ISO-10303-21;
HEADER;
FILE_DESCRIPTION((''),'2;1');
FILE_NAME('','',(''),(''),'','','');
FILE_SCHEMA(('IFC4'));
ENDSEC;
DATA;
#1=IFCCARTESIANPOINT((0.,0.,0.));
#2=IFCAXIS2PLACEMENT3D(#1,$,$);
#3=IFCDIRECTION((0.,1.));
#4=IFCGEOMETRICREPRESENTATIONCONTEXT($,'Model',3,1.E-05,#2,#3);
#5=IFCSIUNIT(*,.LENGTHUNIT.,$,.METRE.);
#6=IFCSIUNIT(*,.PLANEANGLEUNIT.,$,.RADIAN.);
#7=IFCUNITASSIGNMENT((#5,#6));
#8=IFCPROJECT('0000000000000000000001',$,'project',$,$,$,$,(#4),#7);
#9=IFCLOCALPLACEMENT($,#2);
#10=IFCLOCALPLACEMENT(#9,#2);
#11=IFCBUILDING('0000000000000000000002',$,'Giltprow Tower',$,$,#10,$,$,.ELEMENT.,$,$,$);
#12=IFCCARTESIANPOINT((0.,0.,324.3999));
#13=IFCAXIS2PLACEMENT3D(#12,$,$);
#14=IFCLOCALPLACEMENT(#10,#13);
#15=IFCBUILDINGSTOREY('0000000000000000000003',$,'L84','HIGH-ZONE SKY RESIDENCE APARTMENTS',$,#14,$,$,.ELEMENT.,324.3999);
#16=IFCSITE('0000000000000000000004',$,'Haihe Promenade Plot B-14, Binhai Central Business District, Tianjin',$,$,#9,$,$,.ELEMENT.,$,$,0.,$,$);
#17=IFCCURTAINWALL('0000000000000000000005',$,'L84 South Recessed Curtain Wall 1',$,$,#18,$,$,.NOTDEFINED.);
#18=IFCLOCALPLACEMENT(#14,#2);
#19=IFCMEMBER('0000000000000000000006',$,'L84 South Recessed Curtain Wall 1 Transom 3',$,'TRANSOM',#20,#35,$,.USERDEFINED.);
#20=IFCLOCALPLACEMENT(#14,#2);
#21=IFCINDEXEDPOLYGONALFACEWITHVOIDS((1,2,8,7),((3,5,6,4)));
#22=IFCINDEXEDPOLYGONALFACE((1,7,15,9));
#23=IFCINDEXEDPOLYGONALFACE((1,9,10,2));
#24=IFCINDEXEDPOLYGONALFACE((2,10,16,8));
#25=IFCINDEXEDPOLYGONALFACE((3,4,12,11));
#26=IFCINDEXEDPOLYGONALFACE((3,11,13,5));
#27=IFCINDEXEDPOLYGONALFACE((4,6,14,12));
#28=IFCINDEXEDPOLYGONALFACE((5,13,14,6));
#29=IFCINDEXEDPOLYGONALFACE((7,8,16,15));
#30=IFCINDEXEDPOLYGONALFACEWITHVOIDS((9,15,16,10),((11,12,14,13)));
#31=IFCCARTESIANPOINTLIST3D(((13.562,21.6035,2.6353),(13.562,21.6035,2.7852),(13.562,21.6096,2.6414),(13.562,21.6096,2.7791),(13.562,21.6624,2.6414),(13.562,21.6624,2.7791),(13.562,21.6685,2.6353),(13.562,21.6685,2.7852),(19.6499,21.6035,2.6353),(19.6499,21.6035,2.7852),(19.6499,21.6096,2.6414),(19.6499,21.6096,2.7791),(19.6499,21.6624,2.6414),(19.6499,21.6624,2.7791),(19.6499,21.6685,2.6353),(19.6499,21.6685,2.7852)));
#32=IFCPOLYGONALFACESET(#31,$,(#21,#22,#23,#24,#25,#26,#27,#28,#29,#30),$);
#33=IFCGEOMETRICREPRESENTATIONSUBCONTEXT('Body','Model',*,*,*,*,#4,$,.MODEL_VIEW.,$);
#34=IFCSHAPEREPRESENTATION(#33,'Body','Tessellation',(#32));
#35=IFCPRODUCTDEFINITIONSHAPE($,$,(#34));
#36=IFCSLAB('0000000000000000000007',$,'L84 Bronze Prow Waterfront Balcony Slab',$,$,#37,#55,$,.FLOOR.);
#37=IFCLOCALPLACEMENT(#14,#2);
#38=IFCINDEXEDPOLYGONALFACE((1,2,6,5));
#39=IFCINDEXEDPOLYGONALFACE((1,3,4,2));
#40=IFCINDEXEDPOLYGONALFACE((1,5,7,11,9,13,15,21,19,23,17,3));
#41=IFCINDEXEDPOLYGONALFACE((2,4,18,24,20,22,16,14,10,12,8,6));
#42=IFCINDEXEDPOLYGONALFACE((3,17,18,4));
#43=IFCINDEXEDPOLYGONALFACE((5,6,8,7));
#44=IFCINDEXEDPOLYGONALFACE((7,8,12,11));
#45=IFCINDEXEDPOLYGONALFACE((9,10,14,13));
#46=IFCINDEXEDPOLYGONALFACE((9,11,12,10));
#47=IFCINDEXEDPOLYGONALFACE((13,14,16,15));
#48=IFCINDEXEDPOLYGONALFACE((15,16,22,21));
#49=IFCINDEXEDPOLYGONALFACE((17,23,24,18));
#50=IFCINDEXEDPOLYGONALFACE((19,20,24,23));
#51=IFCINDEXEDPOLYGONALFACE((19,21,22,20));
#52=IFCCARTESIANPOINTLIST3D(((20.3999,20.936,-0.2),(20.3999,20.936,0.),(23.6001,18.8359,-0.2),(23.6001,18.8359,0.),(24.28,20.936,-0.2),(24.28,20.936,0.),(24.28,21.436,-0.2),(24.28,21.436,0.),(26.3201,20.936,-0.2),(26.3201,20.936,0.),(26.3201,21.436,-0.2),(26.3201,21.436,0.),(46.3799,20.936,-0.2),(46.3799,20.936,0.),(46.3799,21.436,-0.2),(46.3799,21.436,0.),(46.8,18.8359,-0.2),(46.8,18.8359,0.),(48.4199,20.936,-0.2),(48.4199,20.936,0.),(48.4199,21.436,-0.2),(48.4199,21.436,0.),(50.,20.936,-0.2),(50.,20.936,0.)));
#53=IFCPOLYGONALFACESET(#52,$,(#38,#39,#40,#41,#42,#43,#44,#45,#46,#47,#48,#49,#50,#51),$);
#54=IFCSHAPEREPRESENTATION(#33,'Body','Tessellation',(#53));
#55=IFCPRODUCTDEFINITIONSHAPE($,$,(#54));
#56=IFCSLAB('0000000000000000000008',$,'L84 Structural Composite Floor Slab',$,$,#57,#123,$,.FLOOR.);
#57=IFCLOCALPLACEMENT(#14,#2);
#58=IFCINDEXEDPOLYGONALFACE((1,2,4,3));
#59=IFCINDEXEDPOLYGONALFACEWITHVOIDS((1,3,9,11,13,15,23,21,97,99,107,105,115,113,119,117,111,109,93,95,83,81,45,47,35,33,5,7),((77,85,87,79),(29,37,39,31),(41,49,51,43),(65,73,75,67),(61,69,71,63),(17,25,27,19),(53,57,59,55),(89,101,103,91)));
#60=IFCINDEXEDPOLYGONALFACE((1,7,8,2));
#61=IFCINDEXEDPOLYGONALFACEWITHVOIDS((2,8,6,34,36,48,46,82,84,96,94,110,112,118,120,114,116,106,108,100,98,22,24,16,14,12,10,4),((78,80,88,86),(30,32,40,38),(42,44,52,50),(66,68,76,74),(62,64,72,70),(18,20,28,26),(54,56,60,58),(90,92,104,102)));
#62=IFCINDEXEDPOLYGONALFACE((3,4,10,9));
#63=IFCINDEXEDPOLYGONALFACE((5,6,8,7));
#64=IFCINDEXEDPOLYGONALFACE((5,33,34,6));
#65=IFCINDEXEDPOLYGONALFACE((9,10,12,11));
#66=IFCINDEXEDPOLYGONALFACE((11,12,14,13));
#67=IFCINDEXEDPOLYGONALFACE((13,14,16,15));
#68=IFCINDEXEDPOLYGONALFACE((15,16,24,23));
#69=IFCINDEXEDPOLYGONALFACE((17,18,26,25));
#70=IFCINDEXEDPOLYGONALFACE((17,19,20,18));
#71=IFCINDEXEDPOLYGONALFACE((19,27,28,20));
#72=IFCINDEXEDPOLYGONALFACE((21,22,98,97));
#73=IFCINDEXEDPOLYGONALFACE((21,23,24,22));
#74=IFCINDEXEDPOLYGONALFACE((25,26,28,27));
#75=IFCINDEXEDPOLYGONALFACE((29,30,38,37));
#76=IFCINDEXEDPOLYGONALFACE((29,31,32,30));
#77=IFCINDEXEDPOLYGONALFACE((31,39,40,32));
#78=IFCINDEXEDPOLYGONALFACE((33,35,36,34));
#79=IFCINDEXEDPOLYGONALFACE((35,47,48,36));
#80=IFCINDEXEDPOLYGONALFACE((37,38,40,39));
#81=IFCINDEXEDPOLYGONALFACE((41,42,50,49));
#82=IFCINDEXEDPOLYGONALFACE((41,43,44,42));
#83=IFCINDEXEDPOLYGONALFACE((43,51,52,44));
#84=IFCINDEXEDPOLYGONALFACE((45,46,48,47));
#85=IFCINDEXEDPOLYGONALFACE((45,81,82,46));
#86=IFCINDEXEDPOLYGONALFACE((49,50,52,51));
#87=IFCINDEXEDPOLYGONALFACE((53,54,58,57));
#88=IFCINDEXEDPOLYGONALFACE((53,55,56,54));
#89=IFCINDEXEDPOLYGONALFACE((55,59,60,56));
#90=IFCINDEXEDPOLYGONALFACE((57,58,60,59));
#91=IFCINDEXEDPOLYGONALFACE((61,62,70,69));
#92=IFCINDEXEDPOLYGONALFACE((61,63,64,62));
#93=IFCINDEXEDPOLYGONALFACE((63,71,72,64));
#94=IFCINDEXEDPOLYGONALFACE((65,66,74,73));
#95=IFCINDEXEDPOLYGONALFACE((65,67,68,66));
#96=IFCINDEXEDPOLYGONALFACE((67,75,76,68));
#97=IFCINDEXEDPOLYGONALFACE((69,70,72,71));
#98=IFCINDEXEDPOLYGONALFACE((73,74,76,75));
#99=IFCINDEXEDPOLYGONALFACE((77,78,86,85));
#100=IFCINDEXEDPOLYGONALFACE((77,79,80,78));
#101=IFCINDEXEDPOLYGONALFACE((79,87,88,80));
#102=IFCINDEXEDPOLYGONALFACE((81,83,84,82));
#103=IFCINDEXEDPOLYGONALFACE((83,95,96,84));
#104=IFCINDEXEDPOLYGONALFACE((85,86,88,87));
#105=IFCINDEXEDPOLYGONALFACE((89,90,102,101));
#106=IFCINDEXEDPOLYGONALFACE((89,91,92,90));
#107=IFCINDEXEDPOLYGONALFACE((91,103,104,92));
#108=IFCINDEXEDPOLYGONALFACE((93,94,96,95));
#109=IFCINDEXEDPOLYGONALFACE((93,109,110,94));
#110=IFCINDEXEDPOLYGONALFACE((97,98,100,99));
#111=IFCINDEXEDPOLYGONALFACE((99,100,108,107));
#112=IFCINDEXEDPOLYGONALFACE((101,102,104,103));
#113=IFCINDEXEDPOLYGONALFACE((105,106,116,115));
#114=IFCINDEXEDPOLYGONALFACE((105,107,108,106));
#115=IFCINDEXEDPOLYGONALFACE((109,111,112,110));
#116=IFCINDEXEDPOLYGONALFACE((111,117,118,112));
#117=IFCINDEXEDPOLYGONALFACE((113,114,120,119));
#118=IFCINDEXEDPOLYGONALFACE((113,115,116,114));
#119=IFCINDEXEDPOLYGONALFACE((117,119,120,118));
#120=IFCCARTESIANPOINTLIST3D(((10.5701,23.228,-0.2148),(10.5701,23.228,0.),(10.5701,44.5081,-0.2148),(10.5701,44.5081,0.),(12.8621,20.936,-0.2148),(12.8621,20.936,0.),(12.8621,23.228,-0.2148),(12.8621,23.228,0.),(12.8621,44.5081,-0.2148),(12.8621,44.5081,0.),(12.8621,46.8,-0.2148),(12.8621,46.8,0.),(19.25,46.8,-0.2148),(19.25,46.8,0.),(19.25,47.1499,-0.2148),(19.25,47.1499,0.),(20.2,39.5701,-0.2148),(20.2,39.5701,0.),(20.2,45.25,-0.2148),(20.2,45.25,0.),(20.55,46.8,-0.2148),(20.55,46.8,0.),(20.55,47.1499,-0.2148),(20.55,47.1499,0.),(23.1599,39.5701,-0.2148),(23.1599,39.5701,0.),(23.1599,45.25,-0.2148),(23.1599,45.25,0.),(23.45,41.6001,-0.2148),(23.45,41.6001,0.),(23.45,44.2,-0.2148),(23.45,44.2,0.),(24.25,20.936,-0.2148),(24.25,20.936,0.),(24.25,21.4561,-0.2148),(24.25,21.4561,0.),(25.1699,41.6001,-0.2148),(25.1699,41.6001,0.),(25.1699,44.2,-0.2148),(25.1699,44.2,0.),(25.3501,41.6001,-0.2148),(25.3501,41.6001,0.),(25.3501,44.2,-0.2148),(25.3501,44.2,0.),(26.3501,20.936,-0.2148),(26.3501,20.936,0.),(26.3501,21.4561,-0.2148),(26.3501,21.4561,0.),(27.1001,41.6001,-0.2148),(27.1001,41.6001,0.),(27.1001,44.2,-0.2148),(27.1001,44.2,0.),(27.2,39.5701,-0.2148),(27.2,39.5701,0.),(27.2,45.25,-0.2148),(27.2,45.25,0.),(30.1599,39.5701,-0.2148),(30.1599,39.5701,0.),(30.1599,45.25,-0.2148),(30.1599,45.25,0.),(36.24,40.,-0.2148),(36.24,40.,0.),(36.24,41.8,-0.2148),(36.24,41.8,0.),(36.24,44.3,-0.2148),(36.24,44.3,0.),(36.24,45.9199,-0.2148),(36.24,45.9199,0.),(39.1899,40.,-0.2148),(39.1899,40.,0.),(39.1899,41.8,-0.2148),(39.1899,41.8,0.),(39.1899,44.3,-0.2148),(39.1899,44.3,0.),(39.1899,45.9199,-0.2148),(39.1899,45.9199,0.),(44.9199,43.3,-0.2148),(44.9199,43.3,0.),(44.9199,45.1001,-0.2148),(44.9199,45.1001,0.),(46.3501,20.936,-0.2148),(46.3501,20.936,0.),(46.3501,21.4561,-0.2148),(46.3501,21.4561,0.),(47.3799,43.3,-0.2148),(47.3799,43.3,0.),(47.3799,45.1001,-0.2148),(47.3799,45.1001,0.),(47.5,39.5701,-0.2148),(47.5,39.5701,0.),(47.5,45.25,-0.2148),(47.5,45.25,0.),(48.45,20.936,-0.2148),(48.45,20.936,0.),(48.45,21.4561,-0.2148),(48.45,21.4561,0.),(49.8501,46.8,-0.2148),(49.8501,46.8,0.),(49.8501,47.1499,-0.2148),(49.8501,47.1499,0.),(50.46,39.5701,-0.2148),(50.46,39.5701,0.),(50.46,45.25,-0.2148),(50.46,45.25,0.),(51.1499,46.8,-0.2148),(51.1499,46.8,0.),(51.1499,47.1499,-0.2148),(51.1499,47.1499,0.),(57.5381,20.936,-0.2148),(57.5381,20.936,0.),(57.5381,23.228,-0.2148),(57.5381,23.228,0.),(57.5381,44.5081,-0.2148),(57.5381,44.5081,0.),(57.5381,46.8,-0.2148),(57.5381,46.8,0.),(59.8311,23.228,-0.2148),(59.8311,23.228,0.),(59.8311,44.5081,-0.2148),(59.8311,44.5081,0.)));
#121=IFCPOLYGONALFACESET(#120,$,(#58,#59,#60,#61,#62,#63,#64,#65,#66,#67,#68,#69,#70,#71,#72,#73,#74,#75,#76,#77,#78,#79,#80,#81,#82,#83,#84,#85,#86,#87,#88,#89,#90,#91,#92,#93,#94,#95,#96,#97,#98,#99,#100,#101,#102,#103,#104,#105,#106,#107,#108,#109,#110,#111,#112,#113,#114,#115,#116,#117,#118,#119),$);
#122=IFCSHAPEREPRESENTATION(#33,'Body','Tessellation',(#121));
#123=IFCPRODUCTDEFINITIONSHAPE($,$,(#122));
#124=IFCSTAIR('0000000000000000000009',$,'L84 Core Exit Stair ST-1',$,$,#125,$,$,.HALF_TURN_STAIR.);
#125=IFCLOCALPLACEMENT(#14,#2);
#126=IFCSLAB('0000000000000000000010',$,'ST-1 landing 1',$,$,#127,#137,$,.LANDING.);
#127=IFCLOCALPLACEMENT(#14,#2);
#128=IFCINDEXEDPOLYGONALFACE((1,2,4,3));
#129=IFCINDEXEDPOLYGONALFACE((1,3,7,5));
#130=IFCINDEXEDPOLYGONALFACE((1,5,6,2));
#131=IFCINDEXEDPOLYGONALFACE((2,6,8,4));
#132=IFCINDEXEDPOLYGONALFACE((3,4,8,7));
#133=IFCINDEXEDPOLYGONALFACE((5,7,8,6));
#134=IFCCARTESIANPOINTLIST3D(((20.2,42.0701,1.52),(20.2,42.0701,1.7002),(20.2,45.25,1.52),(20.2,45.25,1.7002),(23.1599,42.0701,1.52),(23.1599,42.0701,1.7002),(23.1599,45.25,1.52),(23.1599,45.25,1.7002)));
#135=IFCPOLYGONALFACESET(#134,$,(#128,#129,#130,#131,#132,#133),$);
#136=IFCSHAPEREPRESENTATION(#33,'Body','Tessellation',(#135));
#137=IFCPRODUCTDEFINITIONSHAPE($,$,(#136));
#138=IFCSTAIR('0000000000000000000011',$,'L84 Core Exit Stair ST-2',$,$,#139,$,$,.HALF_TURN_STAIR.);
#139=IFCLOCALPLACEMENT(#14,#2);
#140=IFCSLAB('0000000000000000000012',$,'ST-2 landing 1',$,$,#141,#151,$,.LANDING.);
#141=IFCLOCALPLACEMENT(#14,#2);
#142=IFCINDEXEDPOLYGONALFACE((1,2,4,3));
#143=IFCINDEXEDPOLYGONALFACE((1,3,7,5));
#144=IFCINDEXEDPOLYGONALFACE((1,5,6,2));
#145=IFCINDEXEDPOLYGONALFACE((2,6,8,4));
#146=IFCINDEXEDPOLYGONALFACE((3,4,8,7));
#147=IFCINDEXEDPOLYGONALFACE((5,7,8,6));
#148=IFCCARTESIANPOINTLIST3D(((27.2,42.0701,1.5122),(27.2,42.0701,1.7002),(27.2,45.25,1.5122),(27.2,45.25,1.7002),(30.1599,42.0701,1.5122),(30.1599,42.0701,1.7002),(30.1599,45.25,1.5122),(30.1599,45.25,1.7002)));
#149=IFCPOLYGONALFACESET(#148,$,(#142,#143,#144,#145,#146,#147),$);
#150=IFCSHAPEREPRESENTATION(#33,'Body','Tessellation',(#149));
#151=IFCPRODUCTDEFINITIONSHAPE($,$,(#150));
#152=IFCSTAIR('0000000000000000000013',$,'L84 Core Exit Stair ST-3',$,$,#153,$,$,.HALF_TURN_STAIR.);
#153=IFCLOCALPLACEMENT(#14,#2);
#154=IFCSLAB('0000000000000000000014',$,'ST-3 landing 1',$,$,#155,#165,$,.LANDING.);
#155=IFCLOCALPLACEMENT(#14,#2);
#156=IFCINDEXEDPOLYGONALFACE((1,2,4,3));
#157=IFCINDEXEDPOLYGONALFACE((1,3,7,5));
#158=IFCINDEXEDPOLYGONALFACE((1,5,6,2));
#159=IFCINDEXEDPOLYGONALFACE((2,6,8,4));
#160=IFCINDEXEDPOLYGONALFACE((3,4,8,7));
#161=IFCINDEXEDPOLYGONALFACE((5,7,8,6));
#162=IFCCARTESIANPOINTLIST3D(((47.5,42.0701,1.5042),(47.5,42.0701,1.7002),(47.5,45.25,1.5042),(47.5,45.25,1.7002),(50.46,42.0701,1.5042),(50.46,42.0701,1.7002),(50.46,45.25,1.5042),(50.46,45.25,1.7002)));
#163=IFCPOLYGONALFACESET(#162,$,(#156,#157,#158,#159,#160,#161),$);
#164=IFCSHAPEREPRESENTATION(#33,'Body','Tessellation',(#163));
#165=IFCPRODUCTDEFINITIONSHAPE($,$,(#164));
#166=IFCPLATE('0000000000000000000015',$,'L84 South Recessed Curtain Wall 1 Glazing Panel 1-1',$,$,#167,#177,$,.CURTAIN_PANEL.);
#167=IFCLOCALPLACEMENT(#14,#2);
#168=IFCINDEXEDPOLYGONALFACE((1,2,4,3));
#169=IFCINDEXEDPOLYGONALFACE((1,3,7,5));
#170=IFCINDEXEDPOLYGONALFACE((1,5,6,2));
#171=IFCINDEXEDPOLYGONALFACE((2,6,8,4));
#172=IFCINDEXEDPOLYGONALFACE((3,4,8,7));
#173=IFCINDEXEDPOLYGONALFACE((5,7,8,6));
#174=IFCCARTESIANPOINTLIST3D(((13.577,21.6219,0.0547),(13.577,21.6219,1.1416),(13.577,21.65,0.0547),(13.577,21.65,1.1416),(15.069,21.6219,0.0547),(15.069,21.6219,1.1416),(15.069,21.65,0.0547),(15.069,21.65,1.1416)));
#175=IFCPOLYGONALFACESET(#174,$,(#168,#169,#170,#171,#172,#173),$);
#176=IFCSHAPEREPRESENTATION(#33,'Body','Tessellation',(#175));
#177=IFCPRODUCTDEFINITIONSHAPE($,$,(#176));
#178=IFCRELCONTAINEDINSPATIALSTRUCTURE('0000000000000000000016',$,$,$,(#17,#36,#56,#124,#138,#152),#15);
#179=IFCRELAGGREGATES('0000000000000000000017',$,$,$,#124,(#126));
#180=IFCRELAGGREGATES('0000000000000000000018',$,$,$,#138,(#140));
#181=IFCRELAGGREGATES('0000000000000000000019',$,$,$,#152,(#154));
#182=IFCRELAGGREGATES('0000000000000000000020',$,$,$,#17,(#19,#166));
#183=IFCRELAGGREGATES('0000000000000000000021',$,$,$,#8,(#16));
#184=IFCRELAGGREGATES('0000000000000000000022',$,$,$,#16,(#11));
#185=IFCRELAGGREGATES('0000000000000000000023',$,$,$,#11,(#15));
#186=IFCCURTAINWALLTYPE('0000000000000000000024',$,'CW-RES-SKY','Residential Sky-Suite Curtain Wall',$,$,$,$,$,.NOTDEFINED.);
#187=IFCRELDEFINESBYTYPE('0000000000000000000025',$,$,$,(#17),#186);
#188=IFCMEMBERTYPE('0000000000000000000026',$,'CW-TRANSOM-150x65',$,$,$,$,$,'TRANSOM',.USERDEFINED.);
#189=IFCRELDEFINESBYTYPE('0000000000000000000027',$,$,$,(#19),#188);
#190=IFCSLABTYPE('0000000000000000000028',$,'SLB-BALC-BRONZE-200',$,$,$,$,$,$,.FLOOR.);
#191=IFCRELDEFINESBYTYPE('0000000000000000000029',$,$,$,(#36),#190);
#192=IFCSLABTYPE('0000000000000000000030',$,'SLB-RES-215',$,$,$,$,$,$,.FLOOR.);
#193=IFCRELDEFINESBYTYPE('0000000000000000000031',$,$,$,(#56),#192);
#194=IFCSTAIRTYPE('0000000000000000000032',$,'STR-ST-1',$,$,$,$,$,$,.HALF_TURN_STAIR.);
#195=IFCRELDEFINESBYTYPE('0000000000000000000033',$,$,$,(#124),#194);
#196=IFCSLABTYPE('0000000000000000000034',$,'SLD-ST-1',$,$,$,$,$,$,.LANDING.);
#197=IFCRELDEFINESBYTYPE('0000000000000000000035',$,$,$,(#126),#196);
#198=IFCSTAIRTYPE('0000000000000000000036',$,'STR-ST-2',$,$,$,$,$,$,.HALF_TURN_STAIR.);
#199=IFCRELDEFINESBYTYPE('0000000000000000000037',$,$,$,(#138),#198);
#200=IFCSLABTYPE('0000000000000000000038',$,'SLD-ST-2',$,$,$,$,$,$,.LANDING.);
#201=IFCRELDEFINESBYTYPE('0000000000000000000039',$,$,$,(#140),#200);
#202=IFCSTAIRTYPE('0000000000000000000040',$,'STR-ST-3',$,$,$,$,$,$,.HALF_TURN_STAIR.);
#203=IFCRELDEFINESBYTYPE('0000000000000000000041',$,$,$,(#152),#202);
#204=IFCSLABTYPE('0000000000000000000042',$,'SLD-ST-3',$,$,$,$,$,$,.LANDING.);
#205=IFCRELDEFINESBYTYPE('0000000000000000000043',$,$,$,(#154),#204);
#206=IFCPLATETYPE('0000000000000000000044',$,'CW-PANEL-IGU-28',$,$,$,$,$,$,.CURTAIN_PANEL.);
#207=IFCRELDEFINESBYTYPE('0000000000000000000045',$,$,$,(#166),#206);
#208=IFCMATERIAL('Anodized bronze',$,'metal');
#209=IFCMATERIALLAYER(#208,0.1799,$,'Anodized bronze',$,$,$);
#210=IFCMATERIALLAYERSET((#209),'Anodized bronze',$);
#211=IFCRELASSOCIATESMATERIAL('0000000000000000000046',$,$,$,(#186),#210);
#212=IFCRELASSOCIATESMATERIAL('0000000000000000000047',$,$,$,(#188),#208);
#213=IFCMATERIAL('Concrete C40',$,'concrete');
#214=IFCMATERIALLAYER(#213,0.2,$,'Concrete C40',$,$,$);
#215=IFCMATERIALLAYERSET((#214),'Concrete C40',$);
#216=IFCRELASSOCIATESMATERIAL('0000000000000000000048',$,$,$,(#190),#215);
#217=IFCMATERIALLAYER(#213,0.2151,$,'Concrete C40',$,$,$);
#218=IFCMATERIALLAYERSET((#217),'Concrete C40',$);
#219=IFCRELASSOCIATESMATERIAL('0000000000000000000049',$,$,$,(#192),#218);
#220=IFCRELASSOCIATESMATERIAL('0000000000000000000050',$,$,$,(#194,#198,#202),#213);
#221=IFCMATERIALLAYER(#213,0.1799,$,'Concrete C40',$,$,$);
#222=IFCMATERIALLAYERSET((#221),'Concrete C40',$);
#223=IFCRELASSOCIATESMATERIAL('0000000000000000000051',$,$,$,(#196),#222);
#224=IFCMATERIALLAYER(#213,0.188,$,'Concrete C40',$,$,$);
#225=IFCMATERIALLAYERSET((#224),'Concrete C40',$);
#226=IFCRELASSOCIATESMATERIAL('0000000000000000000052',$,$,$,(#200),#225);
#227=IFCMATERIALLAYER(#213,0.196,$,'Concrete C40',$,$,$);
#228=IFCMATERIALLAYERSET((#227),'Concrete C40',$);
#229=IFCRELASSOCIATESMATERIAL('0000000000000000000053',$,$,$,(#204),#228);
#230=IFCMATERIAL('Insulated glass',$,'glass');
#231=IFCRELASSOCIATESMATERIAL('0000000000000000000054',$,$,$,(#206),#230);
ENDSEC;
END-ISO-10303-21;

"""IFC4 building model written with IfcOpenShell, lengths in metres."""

from ifc_helpers import new_model, si_unit, direction, frame, origin, origin_2d, place, context, subcontext, project, spatial, polyline, rectangle, hollow_rectangle, outline, extrude, source, transform, mapped, material, layer, layer_set, material_profile, profile_set, type_object, element, aggregate, save


model = new_model("IFC4")

# Units and contexts
model_context = context("Model", 3, precision=1e-05, world=origin(), true_north=direction((0.0, 1.0)))
body_context = subcontext(model_context, "Body", "Model", "MODEL_VIEW")
ifc_project = project(units=[si_unit("LENGTHUNIT", "METRE"), si_unit("PLANEANGLEUNIT", "RADIAN")], contexts=[model_context])

# Site, building, storey
site_placement = place(None, origin())
site = spatial("IfcSite", under=ifc_project, at=site_placement, Name="Haihe Promenade Plot B-14, Binhai Central Business District, Tianjin", CompositionType="ELEMENT", RefElevation=0.0)
building_placement = place(site_placement, origin())
building = spatial("IfcBuilding", under=site, at=building_placement, Name="Giltprow Tower", CompositionType="ELEMENT")
storey_placement = place(building_placement, frame((0.0, 0.0, 324.3999)))
storey = spatial("IfcBuildingStorey", under=building, at=storey_placement, Name="L84", Description="HIGH-ZONE SKY RESIDENCE APARTMENTS", CompositionType="ELEMENT", Elevation=324.3999)

# Curtain wall, member
ifc_material_1 = material(Name="Anodized bronze", Category="metal")
ifc_layer_1 = layer(ifc_material_1, 0.1799, Name="Anodized bronze")
ifc_layer_set_1 = layer_set([ifc_layer_1], Name="Anodized bronze")
curtain_wall_type = type_object("IfcCurtainWallType", Name="CW-RES-SKY", Description="Residential Sky-Suite Curtain Wall", PredefinedType="NOTDEFINED", material=ifc_layer_set_1)
curtain_wall_placement = place(storey_placement, origin())
curtain_wall = element("IfcCurtainWall", 1, at=curtain_wall_placement, inside=storey, type_object=curtain_wall_type, Name="L84 South Recessed Curtain Wall 1", PredefinedType="NOTDEFINED")
ifc_material_profile_1 = material_profile(ifc_material_1, hollow_rectangle(XDim=0.0649, YDim=0.1499, WallThickness=0.0061, at=origin_2d()), Name="RHS 150x65x6")
ifc_profile_set_1 = profile_set([ifc_material_profile_1], Name="Anodized bronze")
member_type_1 = type_object("IfcMemberType", Name="CW-TRANSOM-150x65", ElementType="TRANSOM", PredefinedType="USERDEFINED", material=ifc_profile_set_1)
shared_shape_1 = source(origin(), body_context, "Body", "SweptSolid", [
    extrude(hollow_rectangle(XDim=0.0649, YDim=0.1499, WallThickness=0.0061, at=origin_2d()), origin(), (0.0, 0.0, 1.0), 6.0879),
])
member_1_placement = place(storey_placement, frame((13.562, 21.636, 2.7102), z_axis=(1.0, 0.0, 0.0), x_axis=(0.0, 1.0, 0.0)))
member_1 = element("IfcMember", 2, at=member_1_placement, type_object=member_type_1, Name="L84 South Recessed Curtain Wall 1 Transom 3", ObjectType="TRANSOM", PredefinedType="USERDEFINED", context=body_context, shape_type="MappedRepresentation", body=[
    mapped(shared_shape_1, transform((0.0, 0.0, 0.0), x_axis=(1.0, 0.0, 0.0), y_axis=(0.0, 1.0, 0.0), z_axis=(0.0, 0.0, 1.0), scale=1.0)),
])

# Slabs
ifc_material_2 = material(Name="Concrete C40", Category="concrete")
ifc_layer_2 = layer(ifc_material_2, 0.2, Name="Concrete C40")
ifc_layer_set_2 = layer_set([ifc_layer_2], Name="Concrete C40")
slab_type_1 = type_object("IfcSlabType", Name="SLB-BALC-BRONZE-200", PredefinedType="FLOOR", material=ifc_layer_set_2)
slab_1_placement = place(storey_placement, frame((0.0, 0.0, -0.2)))
element("IfcSlab", 3, at=slab_1_placement, inside=storey, type_object=slab_type_1, Name="L84 Bronze Prow Waterfront Balcony Slab", PredefinedType="FLOOR", context=body_context, shape_type="SweptSolid", body=[
    extrude(outline(polyline([(50.0, 20.936), (46.8, 18.8359), (23.6001, 18.8359), (20.3999, 20.936), (24.28, 20.936), (24.28, 21.436), (26.3201, 21.436), (26.3201, 20.936), (46.3799, 20.936), (46.3799, 21.436), (48.4199, 21.436), (48.4199, 20.936), (50.0, 20.936)])), origin(), (0.0, 0.0, 1.0), 0.2),
])
ifc_layer_3 = layer(ifc_material_2, 0.2151, Name="Concrete C40")
ifc_layer_set_3 = layer_set([ifc_layer_3], Name="Concrete C40")
slab_type_2 = type_object("IfcSlabType", Name="SLB-RES-215", PredefinedType="FLOOR", material=ifc_layer_set_3)
slab_2_placement = place(storey_placement, frame((0.0, 0.0, -0.2148)))
element("IfcSlab", 4, at=slab_2_placement, inside=storey, type_object=slab_type_2, Name="L84 Structural Composite Floor Slab", PredefinedType="FLOOR", context=body_context, shape_type="SweptSolid", body=[
    extrude(outline(polyline([(59.8311, 44.5081), (59.8311, 23.228), (57.5381, 23.228), (57.5381, 20.936), (48.45, 20.936), (48.45, 21.4561), (46.3501, 21.4561), (46.3501, 20.936), (26.3501, 20.936), (26.3501, 21.4561), (24.25, 21.4561), (24.25, 20.936), (12.8621, 20.936), (12.8621, 23.228), (10.5701, 23.228), (10.5701, 44.5081), (12.8621, 44.5081), (12.8621, 46.8), (19.25, 46.8), (19.25, 47.1499), (20.55, 47.1499), (20.55, 46.8), (49.8501, 46.8), (49.8501, 47.1499), (51.1499, 47.1499), (51.1499, 46.8), (57.5381, 46.8), (57.5381, 44.5081), (59.8311, 44.5081)]), holes=[polyline([(39.1899, 41.8), (36.24, 41.8), (36.24, 40.0), (39.1899, 40.0), (39.1899, 41.8)]), polyline([(23.1599, 39.5701), (23.1599, 45.25), (20.2, 45.25), (20.2, 39.5701), (23.1599, 39.5701)]), polyline([(30.1599, 39.5701), (30.1599, 45.25), (27.2, 45.25), (27.2, 39.5701), (30.1599, 39.5701)]), polyline([(50.46, 45.25), (47.5, 45.25), (47.5, 39.5701), (50.46, 39.5701), (50.46, 45.25)]), polyline([(25.1699, 44.2), (23.45, 44.2), (23.45, 41.6001), (25.1699, 41.6001), (25.1699, 44.2)]), polyline([(27.1001, 44.2), (25.3501, 44.2), (25.3501, 41.6001), (27.1001, 41.6001), (27.1001, 44.2)]), polyline([(47.3799, 43.3), (47.3799, 45.1001), (44.9199, 45.1001), (44.9199, 43.3), (47.3799, 43.3)]), polyline([(39.1899, 44.3), (39.1899, 45.9199), (36.24, 45.9199), (36.24, 44.3), (39.1899, 44.3)])]), origin(), (0.0, 0.0, 1.0), 0.2148),
])

# Stairs, slabs
stair_type_1 = type_object("IfcStairType", Name="STR-ST-1", PredefinedType="HALF_TURN_STAIR", material=ifc_material_2)
stair_1_placement = place(storey_placement, origin())
stair_1 = element("IfcStair", 5, at=stair_1_placement, inside=storey, type_object=stair_type_1, Name="L84 Core Exit Stair ST-1", PredefinedType="HALF_TURN_STAIR")
ifc_layer_4 = layer(ifc_material_2, 0.1799, Name="Concrete C40")
ifc_layer_set_4 = layer_set([ifc_layer_4], Name="Concrete C40")
slab_type_3 = type_object("IfcSlabType", Name="SLD-ST-1", PredefinedType="LANDING", material=ifc_layer_set_4)
slab_3_placement = place(storey_placement, frame((0.0, 0.0, 1.52)))
slab_3 = element("IfcSlab", 6, at=slab_3_placement, type_object=slab_type_3, Name="ST-1 landing 1", PredefinedType="LANDING", context=body_context, shape_type="SweptSolid", body=[
    extrude(outline(polyline([(23.1599, 42.0701), (23.1599, 45.25), (20.2, 45.25), (20.2, 42.0701), (23.1599, 42.0701)])), origin(), (0.0, 0.0, 1.0), 0.1802),
])
aggregate(stair_1, [slab_3])
stair_type_2 = type_object("IfcStairType", Name="STR-ST-2", PredefinedType="HALF_TURN_STAIR", material=ifc_material_2)
stair_2_placement = place(storey_placement, origin())
stair_2 = element("IfcStair", 7, at=stair_2_placement, inside=storey, type_object=stair_type_2, Name="L84 Core Exit Stair ST-2", PredefinedType="HALF_TURN_STAIR")
ifc_layer_5 = layer(ifc_material_2, 0.188, Name="Concrete C40")
ifc_layer_set_5 = layer_set([ifc_layer_5], Name="Concrete C40")
slab_type_4 = type_object("IfcSlabType", Name="SLD-ST-2", PredefinedType="LANDING", material=ifc_layer_set_5)
slab_4_placement = place(storey_placement, frame((0.0, 0.0, 1.5122)))
slab_4 = element("IfcSlab", 8, at=slab_4_placement, type_object=slab_type_4, Name="ST-2 landing 1", PredefinedType="LANDING", context=body_context, shape_type="SweptSolid", body=[
    extrude(outline(polyline([(30.1599, 42.0701), (30.1599, 45.25), (27.2, 45.25), (27.2, 42.0701), (30.1599, 42.0701)])), origin(), (0.0, 0.0, 1.0), 0.188),
])
aggregate(stair_2, [slab_4])
stair_type_3 = type_object("IfcStairType", Name="STR-ST-3", PredefinedType="HALF_TURN_STAIR", material=ifc_material_2)
stair_3_placement = place(storey_placement, origin())
stair_3 = element("IfcStair", 9, at=stair_3_placement, inside=storey, type_object=stair_type_3, Name="L84 Core Exit Stair ST-3", PredefinedType="HALF_TURN_STAIR")
ifc_layer_6 = layer(ifc_material_2, 0.196, Name="Concrete C40")
ifc_layer_set_6 = layer_set([ifc_layer_6], Name="Concrete C40")
slab_type_5 = type_object("IfcSlabType", Name="SLD-ST-3", PredefinedType="LANDING", material=ifc_layer_set_6)
slab_5_placement = place(storey_placement, frame((0.0, 0.0, 1.5042)))
slab_5 = element("IfcSlab", 10, at=slab_5_placement, type_object=slab_type_5, Name="ST-3 landing 1", PredefinedType="LANDING", context=body_context, shape_type="SweptSolid", body=[
    extrude(outline(polyline([(50.46, 42.0701), (50.46, 45.25), (47.5, 45.25), (47.5, 42.0701), (50.46, 42.0701)])), origin(), (0.0, 0.0, 1.0), 0.196),
])
aggregate(stair_3, [slab_5])

# Plate
ifc_material_3 = material(Name="Insulated glass", Category="glass")
plate_type = type_object("IfcPlateType", Name="CW-PANEL-IGU-28", PredefinedType="CURTAIN_PANEL", material=ifc_material_3)
shared_shape_2 = source(origin(), body_context, "Body", "SweptSolid", [
    extrude(rectangle(XDim=1.4919, YDim=0.0281, at=origin_2d()), origin(), (0.0, 0.0, 1.0), 1.0869),
])
plate_1_placement = place(storey_placement, frame((14.323, 21.636, 0.0547), z_axis=(0.0, 0.0, 1.0), x_axis=(1.0, 0.0, 0.0)))
plate_1 = element("IfcPlate", 11, at=plate_1_placement, type_object=plate_type, Name="L84 South Recessed Curtain Wall 1 Glazing Panel 1-1", PredefinedType="CURTAIN_PANEL", context=body_context, shape_type="MappedRepresentation", body=[
    mapped(shared_shape_2, transform((0.0, 0.0, 0.0), x_axis=(1.0, 0.0, 0.0), y_axis=(0.0, 1.0, 0.0), z_axis=(0.0, 0.0, 1.0), scale=1.0)),
])
aggregate(curtain_wall, [member_1, plate_1])

save(model, "model.ifc")
